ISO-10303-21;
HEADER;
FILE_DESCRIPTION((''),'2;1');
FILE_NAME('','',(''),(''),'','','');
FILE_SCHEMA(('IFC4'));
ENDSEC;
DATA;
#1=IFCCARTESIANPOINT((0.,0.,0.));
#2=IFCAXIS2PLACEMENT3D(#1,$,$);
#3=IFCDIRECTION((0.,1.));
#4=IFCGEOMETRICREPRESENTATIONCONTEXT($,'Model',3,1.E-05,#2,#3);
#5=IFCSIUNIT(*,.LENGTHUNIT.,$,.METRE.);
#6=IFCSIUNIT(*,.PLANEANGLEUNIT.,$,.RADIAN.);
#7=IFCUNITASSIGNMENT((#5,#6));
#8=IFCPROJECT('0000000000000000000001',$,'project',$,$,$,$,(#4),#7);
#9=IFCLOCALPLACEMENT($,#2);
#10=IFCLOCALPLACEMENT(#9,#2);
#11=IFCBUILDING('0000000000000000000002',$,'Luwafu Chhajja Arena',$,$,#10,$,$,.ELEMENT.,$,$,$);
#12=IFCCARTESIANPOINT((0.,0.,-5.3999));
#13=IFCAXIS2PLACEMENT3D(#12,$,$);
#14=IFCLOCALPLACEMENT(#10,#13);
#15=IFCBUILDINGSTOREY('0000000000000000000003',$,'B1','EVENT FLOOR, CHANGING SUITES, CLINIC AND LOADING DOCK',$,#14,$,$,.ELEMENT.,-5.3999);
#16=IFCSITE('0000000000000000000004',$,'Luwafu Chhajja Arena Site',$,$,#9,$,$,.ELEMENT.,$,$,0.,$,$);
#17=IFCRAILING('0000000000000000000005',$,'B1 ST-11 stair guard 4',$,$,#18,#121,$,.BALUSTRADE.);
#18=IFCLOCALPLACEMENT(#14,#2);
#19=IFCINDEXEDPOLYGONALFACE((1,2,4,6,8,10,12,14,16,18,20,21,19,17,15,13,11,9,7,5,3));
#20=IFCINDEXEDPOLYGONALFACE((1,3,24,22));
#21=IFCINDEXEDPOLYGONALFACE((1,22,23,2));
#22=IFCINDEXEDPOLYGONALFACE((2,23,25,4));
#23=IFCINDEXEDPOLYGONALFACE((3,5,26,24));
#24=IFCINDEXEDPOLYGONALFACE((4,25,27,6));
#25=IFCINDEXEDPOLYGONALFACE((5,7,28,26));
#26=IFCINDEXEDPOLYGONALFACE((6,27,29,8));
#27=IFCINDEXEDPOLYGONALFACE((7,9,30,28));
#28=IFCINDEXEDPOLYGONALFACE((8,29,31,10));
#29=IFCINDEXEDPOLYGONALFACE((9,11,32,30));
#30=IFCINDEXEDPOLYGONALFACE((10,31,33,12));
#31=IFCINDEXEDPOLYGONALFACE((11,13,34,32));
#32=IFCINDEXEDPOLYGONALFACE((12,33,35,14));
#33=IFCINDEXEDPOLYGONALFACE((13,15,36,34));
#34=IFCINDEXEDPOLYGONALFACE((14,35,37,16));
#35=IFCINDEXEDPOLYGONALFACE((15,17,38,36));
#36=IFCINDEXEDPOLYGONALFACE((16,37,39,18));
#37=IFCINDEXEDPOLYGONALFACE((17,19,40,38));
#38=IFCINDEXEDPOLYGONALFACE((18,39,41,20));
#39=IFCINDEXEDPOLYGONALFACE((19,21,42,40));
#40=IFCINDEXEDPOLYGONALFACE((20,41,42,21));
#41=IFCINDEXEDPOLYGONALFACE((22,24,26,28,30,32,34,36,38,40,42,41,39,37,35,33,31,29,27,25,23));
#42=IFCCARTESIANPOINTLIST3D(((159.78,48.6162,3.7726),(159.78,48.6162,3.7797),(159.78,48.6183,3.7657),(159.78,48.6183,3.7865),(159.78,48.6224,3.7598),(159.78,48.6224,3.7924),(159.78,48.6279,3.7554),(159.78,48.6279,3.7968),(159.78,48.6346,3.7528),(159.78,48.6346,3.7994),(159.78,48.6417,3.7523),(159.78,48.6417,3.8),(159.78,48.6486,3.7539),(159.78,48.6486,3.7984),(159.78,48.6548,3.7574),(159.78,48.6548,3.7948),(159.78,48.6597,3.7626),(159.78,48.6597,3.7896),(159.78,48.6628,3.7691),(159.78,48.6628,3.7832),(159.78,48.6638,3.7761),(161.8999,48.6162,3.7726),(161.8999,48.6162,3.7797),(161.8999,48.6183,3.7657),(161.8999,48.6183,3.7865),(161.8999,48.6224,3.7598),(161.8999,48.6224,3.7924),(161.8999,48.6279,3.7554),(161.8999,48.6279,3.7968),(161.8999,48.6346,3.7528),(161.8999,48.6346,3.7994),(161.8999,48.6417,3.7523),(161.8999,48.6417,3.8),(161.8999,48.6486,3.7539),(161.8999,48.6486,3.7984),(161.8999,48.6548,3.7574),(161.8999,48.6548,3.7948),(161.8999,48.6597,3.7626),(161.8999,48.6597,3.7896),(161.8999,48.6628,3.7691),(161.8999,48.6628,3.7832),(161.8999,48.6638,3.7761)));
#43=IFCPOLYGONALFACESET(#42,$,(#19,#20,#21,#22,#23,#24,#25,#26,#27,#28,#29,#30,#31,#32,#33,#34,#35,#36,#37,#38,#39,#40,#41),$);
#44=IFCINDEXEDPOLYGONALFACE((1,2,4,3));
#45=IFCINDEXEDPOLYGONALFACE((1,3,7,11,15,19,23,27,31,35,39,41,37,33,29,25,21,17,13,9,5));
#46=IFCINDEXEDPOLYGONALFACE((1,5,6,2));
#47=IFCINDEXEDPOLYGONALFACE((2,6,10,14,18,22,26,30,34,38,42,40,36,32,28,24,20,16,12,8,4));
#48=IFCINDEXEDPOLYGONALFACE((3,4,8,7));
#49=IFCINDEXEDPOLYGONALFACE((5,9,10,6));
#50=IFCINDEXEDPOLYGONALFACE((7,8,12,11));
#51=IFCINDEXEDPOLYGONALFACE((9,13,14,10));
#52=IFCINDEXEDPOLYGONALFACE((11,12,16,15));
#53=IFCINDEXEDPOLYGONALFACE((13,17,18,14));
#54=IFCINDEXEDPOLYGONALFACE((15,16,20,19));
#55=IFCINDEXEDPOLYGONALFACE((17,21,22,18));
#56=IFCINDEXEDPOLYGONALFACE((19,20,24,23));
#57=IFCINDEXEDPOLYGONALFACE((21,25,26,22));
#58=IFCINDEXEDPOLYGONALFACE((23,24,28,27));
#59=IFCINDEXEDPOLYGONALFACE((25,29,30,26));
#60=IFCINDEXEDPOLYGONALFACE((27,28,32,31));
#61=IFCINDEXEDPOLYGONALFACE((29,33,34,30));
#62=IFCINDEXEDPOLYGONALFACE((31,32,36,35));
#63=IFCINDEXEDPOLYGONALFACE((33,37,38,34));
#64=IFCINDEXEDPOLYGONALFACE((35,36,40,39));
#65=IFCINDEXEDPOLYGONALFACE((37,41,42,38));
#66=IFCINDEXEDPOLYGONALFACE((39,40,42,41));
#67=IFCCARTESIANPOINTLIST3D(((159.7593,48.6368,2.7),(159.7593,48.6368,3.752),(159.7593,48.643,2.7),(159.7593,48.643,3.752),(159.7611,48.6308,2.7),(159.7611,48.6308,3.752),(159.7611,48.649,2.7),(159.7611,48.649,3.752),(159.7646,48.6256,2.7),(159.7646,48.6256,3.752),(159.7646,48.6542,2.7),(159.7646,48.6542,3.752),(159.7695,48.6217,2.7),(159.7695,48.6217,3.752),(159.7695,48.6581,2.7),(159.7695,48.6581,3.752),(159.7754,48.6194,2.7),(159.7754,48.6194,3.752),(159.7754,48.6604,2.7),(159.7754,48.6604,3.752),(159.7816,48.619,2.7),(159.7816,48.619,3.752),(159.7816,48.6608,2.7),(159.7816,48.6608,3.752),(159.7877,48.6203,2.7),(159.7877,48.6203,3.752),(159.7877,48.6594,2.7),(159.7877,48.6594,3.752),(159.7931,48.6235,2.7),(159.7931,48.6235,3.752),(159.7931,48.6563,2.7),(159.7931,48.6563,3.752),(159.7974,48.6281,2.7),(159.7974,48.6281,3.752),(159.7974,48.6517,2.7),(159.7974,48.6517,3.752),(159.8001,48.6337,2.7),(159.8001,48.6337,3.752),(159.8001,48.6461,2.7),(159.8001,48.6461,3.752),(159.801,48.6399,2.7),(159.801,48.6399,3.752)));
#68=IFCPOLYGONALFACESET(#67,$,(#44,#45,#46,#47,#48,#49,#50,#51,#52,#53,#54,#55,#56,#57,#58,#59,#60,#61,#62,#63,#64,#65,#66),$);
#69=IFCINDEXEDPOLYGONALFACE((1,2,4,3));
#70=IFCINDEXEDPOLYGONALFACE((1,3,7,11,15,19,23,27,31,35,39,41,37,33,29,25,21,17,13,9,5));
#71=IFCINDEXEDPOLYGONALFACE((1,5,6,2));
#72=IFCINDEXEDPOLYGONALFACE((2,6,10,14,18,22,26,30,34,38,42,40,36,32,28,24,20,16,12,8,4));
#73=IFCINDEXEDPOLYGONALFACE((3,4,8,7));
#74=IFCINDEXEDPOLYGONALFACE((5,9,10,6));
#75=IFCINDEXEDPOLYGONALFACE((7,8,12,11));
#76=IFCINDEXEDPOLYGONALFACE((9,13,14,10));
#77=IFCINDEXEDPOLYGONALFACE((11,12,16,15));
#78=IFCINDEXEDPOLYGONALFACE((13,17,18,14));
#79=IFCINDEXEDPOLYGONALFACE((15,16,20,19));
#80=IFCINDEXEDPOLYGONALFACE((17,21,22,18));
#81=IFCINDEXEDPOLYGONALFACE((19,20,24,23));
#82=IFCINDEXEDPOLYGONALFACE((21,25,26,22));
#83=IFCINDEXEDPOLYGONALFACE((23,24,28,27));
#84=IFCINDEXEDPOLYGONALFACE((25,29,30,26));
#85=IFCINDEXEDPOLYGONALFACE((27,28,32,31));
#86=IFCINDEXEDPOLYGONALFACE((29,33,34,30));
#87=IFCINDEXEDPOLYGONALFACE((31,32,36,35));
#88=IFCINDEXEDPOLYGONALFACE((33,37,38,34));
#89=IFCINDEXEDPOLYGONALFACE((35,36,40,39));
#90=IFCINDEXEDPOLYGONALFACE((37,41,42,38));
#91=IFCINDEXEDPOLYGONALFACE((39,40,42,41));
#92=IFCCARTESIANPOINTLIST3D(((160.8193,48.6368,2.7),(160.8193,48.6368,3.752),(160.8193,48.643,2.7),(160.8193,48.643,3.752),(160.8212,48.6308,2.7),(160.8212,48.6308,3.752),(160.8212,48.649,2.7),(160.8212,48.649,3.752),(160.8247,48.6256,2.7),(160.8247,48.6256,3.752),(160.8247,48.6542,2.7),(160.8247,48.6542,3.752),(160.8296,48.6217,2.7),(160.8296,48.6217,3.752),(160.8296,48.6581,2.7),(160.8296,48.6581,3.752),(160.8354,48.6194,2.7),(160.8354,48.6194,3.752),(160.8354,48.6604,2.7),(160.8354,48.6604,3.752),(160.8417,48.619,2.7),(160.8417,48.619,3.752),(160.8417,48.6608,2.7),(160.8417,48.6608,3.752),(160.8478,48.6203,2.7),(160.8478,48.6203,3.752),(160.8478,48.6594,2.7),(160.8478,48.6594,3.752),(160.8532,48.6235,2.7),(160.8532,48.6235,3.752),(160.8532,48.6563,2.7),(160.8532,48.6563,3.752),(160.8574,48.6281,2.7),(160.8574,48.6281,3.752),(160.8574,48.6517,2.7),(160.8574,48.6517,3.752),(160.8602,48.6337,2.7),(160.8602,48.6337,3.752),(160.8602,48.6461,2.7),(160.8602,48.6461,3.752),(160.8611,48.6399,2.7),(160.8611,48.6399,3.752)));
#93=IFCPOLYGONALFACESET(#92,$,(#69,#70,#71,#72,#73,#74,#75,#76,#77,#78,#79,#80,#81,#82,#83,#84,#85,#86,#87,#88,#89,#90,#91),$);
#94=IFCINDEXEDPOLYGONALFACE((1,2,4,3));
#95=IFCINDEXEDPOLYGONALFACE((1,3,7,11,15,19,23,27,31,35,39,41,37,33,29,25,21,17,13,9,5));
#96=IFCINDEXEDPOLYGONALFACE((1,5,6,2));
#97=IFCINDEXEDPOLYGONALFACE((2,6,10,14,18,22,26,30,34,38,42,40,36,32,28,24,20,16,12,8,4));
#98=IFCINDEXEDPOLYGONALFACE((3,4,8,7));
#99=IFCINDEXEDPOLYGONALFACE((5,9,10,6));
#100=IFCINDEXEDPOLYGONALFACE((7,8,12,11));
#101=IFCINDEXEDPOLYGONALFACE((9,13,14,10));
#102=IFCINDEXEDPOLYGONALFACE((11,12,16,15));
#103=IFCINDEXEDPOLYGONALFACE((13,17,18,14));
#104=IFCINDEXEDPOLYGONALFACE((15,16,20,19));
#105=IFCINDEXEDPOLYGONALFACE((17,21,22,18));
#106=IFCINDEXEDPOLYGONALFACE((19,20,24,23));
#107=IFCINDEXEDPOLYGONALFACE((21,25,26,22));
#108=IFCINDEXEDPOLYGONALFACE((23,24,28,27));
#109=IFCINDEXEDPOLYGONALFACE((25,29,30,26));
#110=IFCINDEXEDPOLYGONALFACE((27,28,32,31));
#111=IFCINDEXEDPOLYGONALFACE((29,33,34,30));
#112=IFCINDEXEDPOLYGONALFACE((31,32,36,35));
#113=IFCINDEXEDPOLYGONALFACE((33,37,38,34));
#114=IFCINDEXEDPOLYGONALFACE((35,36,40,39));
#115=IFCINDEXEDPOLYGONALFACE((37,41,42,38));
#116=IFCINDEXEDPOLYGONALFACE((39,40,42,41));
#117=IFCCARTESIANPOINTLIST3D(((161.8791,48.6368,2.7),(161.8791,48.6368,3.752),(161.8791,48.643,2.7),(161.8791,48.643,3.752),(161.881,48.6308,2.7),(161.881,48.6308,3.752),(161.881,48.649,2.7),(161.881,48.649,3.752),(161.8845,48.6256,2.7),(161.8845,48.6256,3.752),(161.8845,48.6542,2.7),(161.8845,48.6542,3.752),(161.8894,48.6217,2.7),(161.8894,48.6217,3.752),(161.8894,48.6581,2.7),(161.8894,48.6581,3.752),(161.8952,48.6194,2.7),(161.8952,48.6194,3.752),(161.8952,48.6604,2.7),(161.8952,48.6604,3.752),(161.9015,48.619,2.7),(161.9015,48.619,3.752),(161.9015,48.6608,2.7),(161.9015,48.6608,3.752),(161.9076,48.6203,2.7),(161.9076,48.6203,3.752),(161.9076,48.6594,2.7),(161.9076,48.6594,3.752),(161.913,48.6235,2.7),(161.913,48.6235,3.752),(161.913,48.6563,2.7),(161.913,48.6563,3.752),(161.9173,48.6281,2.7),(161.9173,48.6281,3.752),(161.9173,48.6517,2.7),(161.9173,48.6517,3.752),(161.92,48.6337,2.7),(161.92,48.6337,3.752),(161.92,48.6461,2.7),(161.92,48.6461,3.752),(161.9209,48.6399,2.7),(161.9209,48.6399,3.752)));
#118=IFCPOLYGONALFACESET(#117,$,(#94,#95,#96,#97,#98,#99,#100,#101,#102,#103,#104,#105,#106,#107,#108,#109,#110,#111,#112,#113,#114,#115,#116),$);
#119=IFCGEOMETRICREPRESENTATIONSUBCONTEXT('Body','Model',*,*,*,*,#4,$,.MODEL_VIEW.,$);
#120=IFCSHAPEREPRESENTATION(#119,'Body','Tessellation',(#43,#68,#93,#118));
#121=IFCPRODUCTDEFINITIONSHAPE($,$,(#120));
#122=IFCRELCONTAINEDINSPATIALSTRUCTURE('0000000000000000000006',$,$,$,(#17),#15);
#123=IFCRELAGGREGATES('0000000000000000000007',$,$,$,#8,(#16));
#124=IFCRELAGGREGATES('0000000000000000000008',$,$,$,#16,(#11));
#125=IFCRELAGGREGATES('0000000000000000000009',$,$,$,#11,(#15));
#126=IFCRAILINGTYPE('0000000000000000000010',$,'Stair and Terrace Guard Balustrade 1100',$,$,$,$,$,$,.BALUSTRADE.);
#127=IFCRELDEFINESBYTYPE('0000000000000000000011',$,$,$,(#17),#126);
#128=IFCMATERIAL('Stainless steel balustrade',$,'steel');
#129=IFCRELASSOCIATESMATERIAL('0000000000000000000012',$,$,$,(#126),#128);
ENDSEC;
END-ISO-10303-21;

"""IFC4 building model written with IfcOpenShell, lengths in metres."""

from ifc_helpers import new_model, si_unit, direction, frame, origin, origin_2d, place, context, subcontext, project, spatial, circle, extrude, material, type_object, element, save


model = new_model("IFC4")

# Units and contexts
model_context = context("Model", 3, precision=1e-05, world=origin(), true_north=direction((0.0, 1.0)))
body_context = subcontext(model_context, "Body", "Model", "MODEL_VIEW")
ifc_project = project(units=[si_unit("LENGTHUNIT", "METRE"), si_unit("PLANEANGLEUNIT", "RADIAN")], contexts=[model_context])

# Site, building, storey
site_placement = place(None, origin())
site = spatial("IfcSite", under=ifc_project, at=site_placement, Name="Luwafu Chhajja Arena Site", CompositionType="ELEMENT", RefElevation=0.0)
building_placement = place(site_placement, origin())
building = spatial("IfcBuilding", under=site, at=building_placement, Name="Luwafu Chhajja Arena", CompositionType="ELEMENT")
storey_placement = place(building_placement, frame((0.0, 0.0, -5.3999)))
storey = spatial("IfcBuildingStorey", under=building, at=storey_placement, Name="B1", Description="EVENT FLOOR, CHANGING SUITES, CLINIC AND LOADING DOCK", CompositionType="ELEMENT", Elevation=-5.3999)

# Railing
ifc_material_1 = material(Name="Stainless steel balustrade", Category="steel")
railing_type_1 = type_object("IfcRailingType", Name="Stair and Terrace Guard Balustrade 1100", PredefinedType="BALUSTRADE", material=ifc_material_1)
for number, where, name in (
    (1, (159.78, 48.6399, 2.7), "B1 ST-11 stair guard 4"),
):
    element("IfcRailing", number, at=place(storey_placement, frame(where)), inside=storey, type_object=railing_type_1, Name=name, PredefinedType="BALUSTRADE", context=body_context, shape_type="SweptSolid", body=[
        extrude(circle(Radius=0.0239, at=origin_2d()), frame((0.0, 0.0, 1.0762), z_axis=(1.0, 0.0, 0.0), x_axis=(0.0, 1.0, 0.0)), (0.0, 0.0, 1.0), 2.1199),
        extrude(circle(Radius=0.021, at=origin_2d()), origin(), (0.0, 0.0, 1.0), 1.052),
        extrude(circle(Radius=0.021, at=origin_2d()), frame((1.0601, 0.0, 0.0)), (0.0, 0.0, 1.0), 1.052),
        extrude(circle(Radius=0.021, at=origin_2d()), frame((2.1199, 0.0, 0.0)), (0.0, 0.0, 1.0), 1.052),
    ])

save(model, "model.ifc")
